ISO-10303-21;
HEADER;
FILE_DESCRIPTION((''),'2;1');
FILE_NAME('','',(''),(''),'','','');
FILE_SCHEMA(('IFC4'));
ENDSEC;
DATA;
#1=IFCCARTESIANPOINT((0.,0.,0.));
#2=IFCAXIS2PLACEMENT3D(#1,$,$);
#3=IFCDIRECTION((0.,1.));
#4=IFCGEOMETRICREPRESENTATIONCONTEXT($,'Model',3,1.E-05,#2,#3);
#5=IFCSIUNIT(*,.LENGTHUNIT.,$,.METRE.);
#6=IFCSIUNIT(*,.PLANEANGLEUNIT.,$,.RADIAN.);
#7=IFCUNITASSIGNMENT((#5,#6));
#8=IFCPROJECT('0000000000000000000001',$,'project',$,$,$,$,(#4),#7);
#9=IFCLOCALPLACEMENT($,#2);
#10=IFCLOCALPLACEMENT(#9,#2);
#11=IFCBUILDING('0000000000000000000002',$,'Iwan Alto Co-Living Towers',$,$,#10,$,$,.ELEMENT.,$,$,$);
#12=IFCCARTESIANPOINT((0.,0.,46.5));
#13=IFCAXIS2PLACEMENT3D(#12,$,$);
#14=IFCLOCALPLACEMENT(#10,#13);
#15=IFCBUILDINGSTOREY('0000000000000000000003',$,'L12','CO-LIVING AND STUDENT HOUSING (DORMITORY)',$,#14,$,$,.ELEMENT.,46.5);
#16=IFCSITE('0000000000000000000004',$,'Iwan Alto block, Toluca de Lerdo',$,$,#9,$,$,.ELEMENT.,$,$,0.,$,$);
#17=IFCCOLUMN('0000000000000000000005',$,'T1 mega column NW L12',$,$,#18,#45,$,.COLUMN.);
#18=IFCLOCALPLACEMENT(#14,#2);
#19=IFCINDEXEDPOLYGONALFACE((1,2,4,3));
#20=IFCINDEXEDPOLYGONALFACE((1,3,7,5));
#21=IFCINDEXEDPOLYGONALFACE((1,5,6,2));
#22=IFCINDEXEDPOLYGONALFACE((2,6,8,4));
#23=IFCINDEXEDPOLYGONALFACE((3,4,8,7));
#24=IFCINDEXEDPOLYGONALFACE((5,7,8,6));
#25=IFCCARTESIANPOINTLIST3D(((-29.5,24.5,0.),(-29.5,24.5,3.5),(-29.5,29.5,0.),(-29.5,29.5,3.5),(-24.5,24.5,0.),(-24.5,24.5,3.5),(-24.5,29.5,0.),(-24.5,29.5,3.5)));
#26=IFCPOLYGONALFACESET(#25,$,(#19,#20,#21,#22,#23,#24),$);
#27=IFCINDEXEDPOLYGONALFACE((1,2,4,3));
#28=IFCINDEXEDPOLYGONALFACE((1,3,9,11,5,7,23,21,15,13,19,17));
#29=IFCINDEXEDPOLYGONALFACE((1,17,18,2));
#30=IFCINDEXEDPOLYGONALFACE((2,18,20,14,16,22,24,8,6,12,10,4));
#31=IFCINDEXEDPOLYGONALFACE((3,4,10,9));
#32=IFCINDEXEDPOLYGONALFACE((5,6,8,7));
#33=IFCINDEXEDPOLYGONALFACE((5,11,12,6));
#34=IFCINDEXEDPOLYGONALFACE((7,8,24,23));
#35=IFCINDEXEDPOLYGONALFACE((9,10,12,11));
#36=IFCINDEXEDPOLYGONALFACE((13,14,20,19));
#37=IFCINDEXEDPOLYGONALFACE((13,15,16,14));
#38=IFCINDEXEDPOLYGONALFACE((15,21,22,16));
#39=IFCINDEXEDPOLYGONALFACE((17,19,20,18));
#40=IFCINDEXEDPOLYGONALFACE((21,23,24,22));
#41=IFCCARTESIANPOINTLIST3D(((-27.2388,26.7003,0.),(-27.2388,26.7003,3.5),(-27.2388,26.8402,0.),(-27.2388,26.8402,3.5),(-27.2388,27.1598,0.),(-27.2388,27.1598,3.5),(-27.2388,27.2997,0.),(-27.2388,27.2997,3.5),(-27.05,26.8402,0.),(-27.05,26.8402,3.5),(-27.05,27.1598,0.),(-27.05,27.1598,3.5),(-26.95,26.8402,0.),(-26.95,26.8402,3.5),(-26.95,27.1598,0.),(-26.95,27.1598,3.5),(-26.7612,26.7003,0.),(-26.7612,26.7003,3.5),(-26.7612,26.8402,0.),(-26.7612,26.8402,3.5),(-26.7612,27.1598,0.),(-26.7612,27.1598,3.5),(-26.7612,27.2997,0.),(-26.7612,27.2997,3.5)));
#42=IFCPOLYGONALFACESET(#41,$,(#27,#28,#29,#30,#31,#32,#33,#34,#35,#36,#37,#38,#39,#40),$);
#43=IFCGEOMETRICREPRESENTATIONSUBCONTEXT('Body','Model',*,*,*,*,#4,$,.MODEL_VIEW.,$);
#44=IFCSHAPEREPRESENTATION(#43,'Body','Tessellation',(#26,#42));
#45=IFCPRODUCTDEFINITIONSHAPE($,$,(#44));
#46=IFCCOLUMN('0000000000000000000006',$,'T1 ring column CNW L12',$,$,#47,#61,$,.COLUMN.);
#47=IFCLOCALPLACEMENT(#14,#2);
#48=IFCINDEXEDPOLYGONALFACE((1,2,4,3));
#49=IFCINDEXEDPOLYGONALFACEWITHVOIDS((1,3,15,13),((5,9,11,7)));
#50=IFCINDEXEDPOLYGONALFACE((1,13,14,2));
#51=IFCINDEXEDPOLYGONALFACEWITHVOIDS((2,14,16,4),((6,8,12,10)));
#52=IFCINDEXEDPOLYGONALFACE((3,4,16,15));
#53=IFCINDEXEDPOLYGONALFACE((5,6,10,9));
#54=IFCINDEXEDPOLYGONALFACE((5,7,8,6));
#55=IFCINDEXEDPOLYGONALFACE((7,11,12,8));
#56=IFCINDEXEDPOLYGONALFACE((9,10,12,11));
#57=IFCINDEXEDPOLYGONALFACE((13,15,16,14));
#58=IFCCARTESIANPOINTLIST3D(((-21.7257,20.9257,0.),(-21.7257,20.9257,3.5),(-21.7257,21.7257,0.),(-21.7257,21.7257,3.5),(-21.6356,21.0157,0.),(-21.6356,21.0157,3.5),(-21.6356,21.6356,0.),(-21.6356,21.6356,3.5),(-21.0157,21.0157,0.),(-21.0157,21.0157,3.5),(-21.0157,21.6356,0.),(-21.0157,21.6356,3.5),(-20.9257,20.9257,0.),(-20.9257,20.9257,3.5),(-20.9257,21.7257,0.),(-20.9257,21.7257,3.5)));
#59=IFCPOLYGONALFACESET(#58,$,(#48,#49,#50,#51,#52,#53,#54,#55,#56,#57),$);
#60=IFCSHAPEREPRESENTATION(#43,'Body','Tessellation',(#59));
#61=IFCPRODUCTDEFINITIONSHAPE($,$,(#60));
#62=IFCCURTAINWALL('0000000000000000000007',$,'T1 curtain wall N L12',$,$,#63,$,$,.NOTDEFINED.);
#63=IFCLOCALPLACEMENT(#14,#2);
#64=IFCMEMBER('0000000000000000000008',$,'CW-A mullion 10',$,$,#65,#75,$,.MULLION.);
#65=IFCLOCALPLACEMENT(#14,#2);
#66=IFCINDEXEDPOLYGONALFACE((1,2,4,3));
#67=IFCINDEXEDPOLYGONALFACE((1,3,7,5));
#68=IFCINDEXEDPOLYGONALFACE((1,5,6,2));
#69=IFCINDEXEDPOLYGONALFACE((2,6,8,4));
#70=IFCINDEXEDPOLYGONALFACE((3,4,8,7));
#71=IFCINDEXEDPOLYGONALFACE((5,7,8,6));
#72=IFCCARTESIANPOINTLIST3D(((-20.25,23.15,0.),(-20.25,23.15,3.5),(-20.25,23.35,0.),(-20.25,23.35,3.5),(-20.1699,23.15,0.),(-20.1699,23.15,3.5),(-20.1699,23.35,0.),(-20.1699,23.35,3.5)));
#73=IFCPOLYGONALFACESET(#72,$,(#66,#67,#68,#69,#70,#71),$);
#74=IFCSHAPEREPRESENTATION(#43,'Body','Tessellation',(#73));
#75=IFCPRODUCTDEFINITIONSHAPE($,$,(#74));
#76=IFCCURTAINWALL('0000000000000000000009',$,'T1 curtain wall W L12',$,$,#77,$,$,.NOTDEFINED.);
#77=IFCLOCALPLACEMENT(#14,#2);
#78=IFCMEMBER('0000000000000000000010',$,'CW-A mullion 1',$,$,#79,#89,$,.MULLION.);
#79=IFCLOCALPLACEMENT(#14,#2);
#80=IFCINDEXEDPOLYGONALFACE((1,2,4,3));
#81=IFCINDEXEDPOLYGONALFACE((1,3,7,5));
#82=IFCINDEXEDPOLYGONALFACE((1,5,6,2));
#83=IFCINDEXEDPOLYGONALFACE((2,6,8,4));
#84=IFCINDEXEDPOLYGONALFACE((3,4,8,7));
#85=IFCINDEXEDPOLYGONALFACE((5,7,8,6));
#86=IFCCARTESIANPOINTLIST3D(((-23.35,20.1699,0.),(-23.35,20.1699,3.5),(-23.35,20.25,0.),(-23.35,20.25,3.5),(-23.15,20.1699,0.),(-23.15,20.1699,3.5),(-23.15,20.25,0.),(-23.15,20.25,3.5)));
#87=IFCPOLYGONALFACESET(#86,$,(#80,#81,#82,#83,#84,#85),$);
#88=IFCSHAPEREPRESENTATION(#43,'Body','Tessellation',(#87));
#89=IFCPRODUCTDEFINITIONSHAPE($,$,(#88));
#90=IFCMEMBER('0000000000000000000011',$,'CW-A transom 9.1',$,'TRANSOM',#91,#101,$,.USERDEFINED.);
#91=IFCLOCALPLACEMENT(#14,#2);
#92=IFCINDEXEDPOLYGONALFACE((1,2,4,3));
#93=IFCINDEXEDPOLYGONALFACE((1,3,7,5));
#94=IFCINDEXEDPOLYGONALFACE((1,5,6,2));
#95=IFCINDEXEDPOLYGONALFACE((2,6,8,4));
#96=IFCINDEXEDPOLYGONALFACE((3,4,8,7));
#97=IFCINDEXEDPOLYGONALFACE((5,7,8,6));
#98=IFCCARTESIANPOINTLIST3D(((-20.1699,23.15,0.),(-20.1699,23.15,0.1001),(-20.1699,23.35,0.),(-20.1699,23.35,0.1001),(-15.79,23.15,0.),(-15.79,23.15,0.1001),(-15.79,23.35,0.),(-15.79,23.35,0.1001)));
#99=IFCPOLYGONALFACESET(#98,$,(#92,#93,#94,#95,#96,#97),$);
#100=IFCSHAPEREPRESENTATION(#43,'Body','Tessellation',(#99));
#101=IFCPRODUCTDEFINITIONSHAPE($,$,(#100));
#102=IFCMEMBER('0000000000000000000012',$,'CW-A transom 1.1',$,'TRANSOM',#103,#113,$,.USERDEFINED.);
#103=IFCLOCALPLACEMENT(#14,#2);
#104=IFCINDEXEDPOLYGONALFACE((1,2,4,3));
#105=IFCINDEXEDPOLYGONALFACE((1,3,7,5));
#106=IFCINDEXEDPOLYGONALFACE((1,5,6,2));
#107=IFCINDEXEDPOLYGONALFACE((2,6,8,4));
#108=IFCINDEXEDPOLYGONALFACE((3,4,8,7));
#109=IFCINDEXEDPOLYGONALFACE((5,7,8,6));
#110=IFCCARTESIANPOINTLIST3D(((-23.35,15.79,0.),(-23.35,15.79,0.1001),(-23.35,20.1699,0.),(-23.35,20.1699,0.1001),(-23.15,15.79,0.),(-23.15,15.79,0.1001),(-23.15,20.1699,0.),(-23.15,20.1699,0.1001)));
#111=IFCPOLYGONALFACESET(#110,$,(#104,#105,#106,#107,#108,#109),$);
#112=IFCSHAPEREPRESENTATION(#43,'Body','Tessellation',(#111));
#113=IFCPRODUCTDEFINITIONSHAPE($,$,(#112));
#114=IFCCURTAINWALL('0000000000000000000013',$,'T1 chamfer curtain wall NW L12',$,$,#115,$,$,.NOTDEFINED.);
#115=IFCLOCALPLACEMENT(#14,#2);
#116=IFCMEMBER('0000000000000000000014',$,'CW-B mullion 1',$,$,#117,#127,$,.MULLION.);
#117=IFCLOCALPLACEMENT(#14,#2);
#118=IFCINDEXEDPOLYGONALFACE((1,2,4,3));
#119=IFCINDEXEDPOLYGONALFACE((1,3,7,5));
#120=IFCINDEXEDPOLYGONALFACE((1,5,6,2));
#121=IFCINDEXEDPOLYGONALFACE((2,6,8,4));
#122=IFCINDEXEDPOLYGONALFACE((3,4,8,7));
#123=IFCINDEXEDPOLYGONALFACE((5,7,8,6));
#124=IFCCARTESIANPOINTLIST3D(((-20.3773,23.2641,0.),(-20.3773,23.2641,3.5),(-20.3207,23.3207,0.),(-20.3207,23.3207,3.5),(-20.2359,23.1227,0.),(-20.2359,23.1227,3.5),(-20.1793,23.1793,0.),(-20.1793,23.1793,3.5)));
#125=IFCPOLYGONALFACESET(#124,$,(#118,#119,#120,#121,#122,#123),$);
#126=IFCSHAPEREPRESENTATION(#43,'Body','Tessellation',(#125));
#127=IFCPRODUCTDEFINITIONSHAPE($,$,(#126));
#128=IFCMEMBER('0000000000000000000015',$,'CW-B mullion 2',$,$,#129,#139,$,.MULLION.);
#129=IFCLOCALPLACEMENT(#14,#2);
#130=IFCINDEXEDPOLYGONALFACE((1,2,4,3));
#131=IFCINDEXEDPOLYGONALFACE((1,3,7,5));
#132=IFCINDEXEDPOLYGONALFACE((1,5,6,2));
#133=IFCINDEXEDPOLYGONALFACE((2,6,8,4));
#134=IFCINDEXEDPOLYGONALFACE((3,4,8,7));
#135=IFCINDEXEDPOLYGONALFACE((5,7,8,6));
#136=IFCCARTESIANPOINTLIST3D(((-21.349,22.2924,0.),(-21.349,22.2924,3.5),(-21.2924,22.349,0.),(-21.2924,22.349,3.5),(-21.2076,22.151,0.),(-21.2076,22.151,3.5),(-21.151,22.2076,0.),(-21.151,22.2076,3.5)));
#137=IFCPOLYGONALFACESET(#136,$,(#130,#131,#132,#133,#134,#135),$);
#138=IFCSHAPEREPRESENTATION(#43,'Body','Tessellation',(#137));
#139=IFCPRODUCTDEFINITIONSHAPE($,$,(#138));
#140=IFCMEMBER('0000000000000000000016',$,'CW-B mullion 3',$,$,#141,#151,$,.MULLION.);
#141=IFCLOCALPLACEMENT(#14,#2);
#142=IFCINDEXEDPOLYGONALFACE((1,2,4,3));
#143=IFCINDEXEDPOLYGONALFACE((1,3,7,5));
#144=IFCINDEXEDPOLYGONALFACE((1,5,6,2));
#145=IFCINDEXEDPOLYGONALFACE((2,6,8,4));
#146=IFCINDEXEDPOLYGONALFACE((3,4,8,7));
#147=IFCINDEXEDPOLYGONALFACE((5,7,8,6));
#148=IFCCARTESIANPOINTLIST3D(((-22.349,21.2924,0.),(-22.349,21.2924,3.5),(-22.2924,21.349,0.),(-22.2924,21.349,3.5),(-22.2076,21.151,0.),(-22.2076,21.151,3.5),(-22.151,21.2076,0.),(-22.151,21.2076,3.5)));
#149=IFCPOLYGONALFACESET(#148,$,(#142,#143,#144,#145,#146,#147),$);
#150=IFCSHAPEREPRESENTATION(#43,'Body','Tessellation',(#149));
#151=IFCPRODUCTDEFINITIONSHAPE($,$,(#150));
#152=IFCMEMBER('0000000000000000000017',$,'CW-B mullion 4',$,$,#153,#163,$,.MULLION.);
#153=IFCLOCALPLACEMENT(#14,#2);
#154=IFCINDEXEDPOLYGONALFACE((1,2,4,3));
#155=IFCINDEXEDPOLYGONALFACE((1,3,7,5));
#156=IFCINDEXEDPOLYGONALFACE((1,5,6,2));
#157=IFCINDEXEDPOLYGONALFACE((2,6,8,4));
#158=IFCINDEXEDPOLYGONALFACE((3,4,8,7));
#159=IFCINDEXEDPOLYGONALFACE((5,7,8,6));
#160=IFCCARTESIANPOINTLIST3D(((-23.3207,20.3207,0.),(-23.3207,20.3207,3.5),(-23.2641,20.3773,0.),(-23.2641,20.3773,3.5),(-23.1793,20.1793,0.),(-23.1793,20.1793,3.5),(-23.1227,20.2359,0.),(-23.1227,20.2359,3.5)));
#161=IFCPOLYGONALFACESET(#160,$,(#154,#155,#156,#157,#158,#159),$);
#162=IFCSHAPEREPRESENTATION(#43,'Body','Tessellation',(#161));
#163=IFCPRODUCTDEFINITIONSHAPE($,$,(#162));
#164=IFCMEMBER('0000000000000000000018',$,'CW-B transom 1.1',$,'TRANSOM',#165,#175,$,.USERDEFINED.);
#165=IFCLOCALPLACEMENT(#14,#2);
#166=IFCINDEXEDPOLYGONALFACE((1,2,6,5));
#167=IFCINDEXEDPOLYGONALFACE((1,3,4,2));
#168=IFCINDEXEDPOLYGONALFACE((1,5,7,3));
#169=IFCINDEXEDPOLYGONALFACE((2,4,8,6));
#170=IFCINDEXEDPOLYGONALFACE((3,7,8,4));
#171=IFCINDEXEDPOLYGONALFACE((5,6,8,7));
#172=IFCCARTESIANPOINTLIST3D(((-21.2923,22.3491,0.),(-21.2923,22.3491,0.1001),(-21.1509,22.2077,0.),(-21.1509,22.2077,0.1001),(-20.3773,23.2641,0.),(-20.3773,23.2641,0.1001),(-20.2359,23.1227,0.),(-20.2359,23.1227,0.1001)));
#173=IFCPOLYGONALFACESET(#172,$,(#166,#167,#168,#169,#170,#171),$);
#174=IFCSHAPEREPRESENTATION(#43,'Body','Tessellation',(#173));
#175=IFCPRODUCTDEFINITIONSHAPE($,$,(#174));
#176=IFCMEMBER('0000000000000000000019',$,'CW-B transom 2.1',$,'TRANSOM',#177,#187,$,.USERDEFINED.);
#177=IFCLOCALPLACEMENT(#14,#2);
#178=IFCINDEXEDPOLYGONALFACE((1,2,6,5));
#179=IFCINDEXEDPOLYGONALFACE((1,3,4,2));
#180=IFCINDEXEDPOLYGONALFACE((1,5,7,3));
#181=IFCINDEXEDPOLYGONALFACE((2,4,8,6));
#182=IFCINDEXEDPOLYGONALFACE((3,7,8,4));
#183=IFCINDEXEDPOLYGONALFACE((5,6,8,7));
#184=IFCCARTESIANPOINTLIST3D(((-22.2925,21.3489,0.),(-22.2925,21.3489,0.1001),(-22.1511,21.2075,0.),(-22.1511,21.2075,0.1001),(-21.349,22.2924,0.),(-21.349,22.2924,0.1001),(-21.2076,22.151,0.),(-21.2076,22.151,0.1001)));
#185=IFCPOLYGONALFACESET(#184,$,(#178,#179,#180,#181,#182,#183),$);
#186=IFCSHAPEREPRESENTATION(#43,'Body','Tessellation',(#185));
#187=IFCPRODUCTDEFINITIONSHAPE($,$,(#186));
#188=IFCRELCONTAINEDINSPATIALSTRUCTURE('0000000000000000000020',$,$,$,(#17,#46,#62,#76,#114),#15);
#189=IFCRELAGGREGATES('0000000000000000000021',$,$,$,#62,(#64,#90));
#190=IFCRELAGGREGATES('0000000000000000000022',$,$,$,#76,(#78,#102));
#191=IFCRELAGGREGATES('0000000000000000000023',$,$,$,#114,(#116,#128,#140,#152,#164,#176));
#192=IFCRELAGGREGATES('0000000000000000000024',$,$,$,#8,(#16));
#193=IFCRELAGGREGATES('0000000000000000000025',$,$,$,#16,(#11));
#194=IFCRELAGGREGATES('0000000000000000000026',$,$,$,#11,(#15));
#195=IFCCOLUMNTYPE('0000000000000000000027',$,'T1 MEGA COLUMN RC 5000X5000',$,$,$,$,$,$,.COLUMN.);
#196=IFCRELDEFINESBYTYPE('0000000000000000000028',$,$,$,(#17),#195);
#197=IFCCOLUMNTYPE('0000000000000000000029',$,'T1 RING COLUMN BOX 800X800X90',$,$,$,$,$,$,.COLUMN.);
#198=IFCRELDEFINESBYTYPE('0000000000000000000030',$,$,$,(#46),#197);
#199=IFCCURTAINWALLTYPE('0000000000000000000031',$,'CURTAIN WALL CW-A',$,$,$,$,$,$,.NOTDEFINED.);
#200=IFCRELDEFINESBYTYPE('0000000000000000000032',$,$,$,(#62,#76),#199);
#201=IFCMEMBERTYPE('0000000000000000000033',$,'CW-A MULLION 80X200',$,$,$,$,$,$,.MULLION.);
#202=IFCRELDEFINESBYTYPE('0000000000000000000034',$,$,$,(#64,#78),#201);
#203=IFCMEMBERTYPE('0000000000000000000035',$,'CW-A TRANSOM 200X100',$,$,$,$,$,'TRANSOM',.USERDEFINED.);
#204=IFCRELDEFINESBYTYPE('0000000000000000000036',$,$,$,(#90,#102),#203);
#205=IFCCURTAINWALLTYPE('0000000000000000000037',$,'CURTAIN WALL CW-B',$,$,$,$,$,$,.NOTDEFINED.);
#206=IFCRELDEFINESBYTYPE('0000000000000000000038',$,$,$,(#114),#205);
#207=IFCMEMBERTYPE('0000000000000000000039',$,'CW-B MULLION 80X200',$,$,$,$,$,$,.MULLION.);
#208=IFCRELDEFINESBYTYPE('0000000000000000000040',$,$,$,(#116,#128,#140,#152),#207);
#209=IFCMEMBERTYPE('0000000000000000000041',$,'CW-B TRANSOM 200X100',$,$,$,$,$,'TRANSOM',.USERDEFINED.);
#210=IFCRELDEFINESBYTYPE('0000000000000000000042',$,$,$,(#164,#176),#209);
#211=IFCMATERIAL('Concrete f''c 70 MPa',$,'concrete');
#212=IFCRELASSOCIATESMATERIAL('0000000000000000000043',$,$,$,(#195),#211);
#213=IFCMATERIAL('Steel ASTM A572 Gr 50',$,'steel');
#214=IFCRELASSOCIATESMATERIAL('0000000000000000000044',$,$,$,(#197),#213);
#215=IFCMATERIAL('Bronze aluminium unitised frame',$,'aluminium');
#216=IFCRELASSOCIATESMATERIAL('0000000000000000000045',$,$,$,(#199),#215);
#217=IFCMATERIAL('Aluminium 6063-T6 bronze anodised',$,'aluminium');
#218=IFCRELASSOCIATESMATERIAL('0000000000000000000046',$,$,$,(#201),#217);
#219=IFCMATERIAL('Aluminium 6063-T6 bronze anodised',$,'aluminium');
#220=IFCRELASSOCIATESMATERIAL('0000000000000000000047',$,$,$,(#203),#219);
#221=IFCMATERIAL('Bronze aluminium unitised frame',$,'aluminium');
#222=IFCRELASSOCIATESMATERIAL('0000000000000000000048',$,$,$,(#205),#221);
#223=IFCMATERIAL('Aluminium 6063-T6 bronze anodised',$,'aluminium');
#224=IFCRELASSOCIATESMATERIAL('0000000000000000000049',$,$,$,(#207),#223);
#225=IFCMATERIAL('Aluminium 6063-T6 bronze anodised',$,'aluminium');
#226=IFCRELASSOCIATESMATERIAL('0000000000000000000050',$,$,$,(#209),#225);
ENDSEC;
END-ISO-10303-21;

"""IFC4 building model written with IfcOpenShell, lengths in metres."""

from ifc_helpers import new_model, si_unit, direction, frame, origin, origin_2d, place, context, subcontext, project, spatial, rectangle, hollow_rectangle, i_section, extrude, material, material_profile, profile_set, type_object, element, aggregate, save


model = new_model("IFC4")

# Units and contexts
model_context = context("Model", 3, precision=1e-05, world=origin(), true_north=direction((0.0, 1.0)))
body_context = subcontext(model_context, "Body", "Model", "MODEL_VIEW")
ifc_project = project(units=[si_unit("LENGTHUNIT", "METRE"), si_unit("PLANEANGLEUNIT", "RADIAN")], contexts=[model_context])

# Site, building, storey
site_placement = place(None, origin())
site = spatial("IfcSite", under=ifc_project, at=site_placement, Name="Iwan Alto block, Toluca de Lerdo", CompositionType="ELEMENT", RefElevation=0.0)
building_placement = place(site_placement, origin())
building = spatial("IfcBuilding", under=site, at=building_placement, Name="Iwan Alto Co-Living Towers", CompositionType="ELEMENT")
storey_placement = place(building_placement, frame((0.0, 0.0, 46.5)))
storey = spatial("IfcBuildingStorey", under=building, at=storey_placement, Name="L12", Description="CO-LIVING AND STUDENT HOUSING (DORMITORY)", CompositionType="ELEMENT", Elevation=46.5)

# Columns
ifc_material_1 = material(Name="Concrete f'c 70 MPa", Category="concrete")
ifc_material_profile_1 = material_profile(ifc_material_1, rectangle(XDim=5.0, YDim=5.0, at=origin_2d()), Name="RC 5000X5000")
ifc_profile_set_1 = profile_set([ifc_material_profile_1], Name="Concrete f'c 70 MPa")
column_type_1 = type_object("IfcColumnType", Name="T1 MEGA COLUMN RC 5000X5000", PredefinedType="COLUMN", material=ifc_profile_set_1)
column_1_placement = place(storey_placement, frame((-27.0, 27.0, 0.0), z_axis=(0.0, 0.0, 1.0), x_axis=(1.0, 0.0, 0.0)))
element("IfcColumn", 1, at=column_1_placement, inside=storey, type_object=column_type_1, Name="T1 mega column NW L12", PredefinedType="COLUMN", context=body_context, shape_type="SweptSolid", body=[
    extrude(rectangle(XDim=5.0, YDim=5.0, at=origin_2d()), origin(), (0.0, 0.0, 1.0), 3.5),
    extrude(i_section(OverallWidth=0.4775, OverallDepth=0.5994, WebThickness=0.1001, FlangeThickness=0.1399, at=origin_2d()), origin(), (0.0, 0.0, 1.0), 3.5),
])
ifc_material_2 = material(Name="Steel ASTM A572 Gr 50", Category="steel")
ifc_material_profile_2 = material_profile(ifc_material_2, hollow_rectangle(XDim=0.8, YDim=0.8, WallThickness=0.0901, at=origin_2d()), Name="BOX 800X800X90")
ifc_profile_set_2 = profile_set([ifc_material_profile_2], Name="Steel ASTM A572 Gr 50")
column_type_2 = type_object("IfcColumnType", Name="T1 RING COLUMN BOX 800X800X90", PredefinedType="COLUMN", material=ifc_profile_set_2)
column_2_placement = place(storey_placement, frame((-21.3257, 21.3257, 0.0), z_axis=(0.0, 0.0, 1.0), x_axis=(1.0, 0.0, 0.0)))
element("IfcColumn", 2, at=column_2_placement, inside=storey, type_object=column_type_2, Name="T1 ring column CNW L12", PredefinedType="COLUMN", context=body_context, shape_type="SweptSolid", body=[
    extrude(hollow_rectangle(XDim=0.8, YDim=0.8, WallThickness=0.0901, at=origin_2d()), origin(), (0.0, 0.0, 1.0), 3.5),
])

# Curtain walls, members
ifc_material_3 = material(Name="Bronze aluminium unitised frame", Category="aluminium")
curtain_wall_type_1 = type_object("IfcCurtainWallType", Name="CURTAIN WALL CW-A", PredefinedType="NOTDEFINED", material=ifc_material_3)
curtain_wall_1_placement = place(storey_placement, origin())
curtain_wall_1 = element("IfcCurtainWall", 3, at=curtain_wall_1_placement, inside=storey, type_object=curtain_wall_type_1, Name="T1 curtain wall N L12", PredefinedType="NOTDEFINED")
ifc_material_4 = material(Name="Aluminium 6063-T6 bronze anodised", Category="aluminium")
ifc_material_profile_3 = material_profile(ifc_material_4, rectangle(XDim=0.2, YDim=0.0801, at=origin_2d()), Name="AL 80X200")
ifc_profile_set_3 = profile_set([ifc_material_profile_3], Name="Aluminium 6063-T6 bronze anodised")
member_type_1 = type_object("IfcMemberType", Name="CW-A MULLION 80X200", PredefinedType="MULLION", material=ifc_profile_set_3)
member_1_placement = place(storey_placement, frame((-20.21, 23.25, 0.0), z_axis=(0.0, 0.0, 1.0), x_axis=(0.0, -1.0, 0.0)))
member_1 = element("IfcMember", 4, at=member_1_placement, type_object=member_type_1, Name="CW-A mullion 10", PredefinedType="MULLION", context=body_context, shape_type="SweptSolid", body=[
    extrude(rectangle(XDim=0.2, YDim=0.0801, at=origin_2d()), origin(), (0.0, 0.0, 1.0), 3.5),
])
curtain_wall_2_placement = place(storey_placement, origin())
curtain_wall_2 = element("IfcCurtainWall", 5, at=curtain_wall_2_placement, inside=storey, type_object=curtain_wall_type_1, Name="T1 curtain wall W L12", PredefinedType="NOTDEFINED")
member_2_placement = place(storey_placement, frame((-23.25, 20.21, 0.0), z_axis=(0.0, 0.0, 1.0), x_axis=(1.0, 0.0, 0.0)))
member_2 = element("IfcMember", 6, at=member_2_placement, type_object=member_type_1, Name="CW-A mullion 1", PredefinedType="MULLION", context=body_context, shape_type="SweptSolid", body=[
    extrude(rectangle(XDim=0.2, YDim=0.0801, at=origin_2d()), origin(), (0.0, 0.0, 1.0), 3.5),
])

# Members
ifc_material_5 = material(Name="Aluminium 6063-T6 bronze anodised", Category="aluminium")
ifc_material_profile_4 = material_profile(ifc_material_5, rectangle(XDim=0.2, YDim=0.1001, at=origin_2d()), Name="AL 200X100")
ifc_profile_set_4 = profile_set([ifc_material_profile_4], Name="Aluminium 6063-T6 bronze anodised")
member_type_2 = type_object("IfcMemberType", Name="CW-A TRANSOM 200X100", ElementType="TRANSOM", PredefinedType="USERDEFINED", material=ifc_profile_set_4)
member_3_placement = place(storey_placement, frame((-15.79, 23.25, 0.05), z_axis=(-1.0, 0.0, 0.0), x_axis=(0.0, -1.0, 0.0)))
member_3 = element("IfcMember", 7, at=member_3_placement, type_object=member_type_2, Name="CW-A transom 9.1", ObjectType="TRANSOM", PredefinedType="USERDEFINED", context=body_context, shape_type="SweptSolid", body=[
    extrude(rectangle(XDim=0.2, YDim=0.1001, at=origin_2d()), origin(), (0.0, 0.0, 1.0), 4.3799),
])
member_4_placement = place(storey_placement, frame((-23.25, 20.1699, 0.05), z_axis=(0.0, -1.0, 0.0), x_axis=(1.0, 0.0, 0.0)))
member_4 = element("IfcMember", 8, at=member_4_placement, type_object=member_type_2, Name="CW-A transom 1.1", ObjectType="TRANSOM", PredefinedType="USERDEFINED", context=body_context, shape_type="SweptSolid", body=[
    extrude(rectangle(XDim=0.2, YDim=0.1001, at=origin_2d()), origin(), (0.0, 0.0, 1.0), 4.3799),
])

# Curtain wall, members
ifc_material_6 = material(Name="Bronze aluminium unitised frame", Category="aluminium")
curtain_wall_type_2 = type_object("IfcCurtainWallType", Name="CURTAIN WALL CW-B", PredefinedType="NOTDEFINED", material=ifc_material_6)
curtain_wall_3_placement = place(storey_placement, origin())
curtain_wall_3 = element("IfcCurtainWall", 9, at=curtain_wall_3_placement, inside=storey, type_object=curtain_wall_type_2, Name="T1 chamfer curtain wall NW L12", PredefinedType="NOTDEFINED")
ifc_material_7 = material(Name="Aluminium 6063-T6 bronze anodised", Category="aluminium")
ifc_material_profile_5 = material_profile(ifc_material_7, rectangle(XDim=0.2, YDim=0.0801, at=origin_2d()), Name="AL 80X200")
ifc_profile_set_5 = profile_set([ifc_material_profile_5], Name="Aluminium 6063-T6 bronze anodised")
member_type_3 = type_object("IfcMemberType", Name="CW-B MULLION 80X200", PredefinedType="MULLION", material=ifc_profile_set_5)
member_5_placement = place(storey_placement, frame((-20.2783, 23.2217, 0.0), z_axis=(0.0, 0.0, 1.0), x_axis=(0.707107, -0.707107, 0.0)))
member_5 = element("IfcMember", 10, at=member_5_placement, type_object=member_type_3, Name="CW-B mullion 1", PredefinedType="MULLION", context=body_context, shape_type="SweptSolid", body=[
    extrude(rectangle(XDim=0.2, YDim=0.0801, at=origin_2d()), origin(), (0.0, 0.0, 1.0), 3.5),
])
member_6_placement = place(storey_placement, frame((-21.25, 22.25, 0.0), z_axis=(0.0, 0.0, 1.0), x_axis=(0.707107, -0.707107, 0.0)))
member_6 = element("IfcMember", 11, at=member_6_placement, type_object=member_type_3, Name="CW-B mullion 2", PredefinedType="MULLION", context=body_context, shape_type="SweptSolid", body=[
    extrude(rectangle(XDim=0.2, YDim=0.0801, at=origin_2d()), origin(), (0.0, 0.0, 1.0), 3.5),
])
member_7_placement = place(storey_placement, frame((-22.25, 21.25, 0.0), z_axis=(0.0, 0.0, 1.0), x_axis=(0.707107, -0.707107, 0.0)))
member_7 = element("IfcMember", 12, at=member_7_placement, type_object=member_type_3, Name="CW-B mullion 3", PredefinedType="MULLION", context=body_context, shape_type="SweptSolid", body=[
    extrude(rectangle(XDim=0.2, YDim=0.0801, at=origin_2d()), origin(), (0.0, 0.0, 1.0), 3.5),
])
member_8_placement = place(storey_placement, frame((-23.2217, 20.2783, 0.0), z_axis=(0.0, 0.0, 1.0), x_axis=(0.707107, -0.707107, 0.0)))
member_8 = element("IfcMember", 13, at=member_8_placement, type_object=member_type_3, Name="CW-B mullion 4", PredefinedType="MULLION", context=body_context, shape_type="SweptSolid", body=[
    extrude(rectangle(XDim=0.2, YDim=0.0801, at=origin_2d()), origin(), (0.0, 0.0, 1.0), 3.5),
])
ifc_material_8 = material(Name="Aluminium 6063-T6 bronze anodised", Category="aluminium")
ifc_material_profile_6 = material_profile(ifc_material_8, rectangle(XDim=0.2, YDim=0.1001, at=origin_2d()), Name="AL 200X100")
ifc_profile_set_6 = profile_set([ifc_material_profile_6], Name="Aluminium 6063-T6 bronze anodised")
member_type_4 = type_object("IfcMemberType", Name="CW-B TRANSOM 200X100", ElementType="TRANSOM", PredefinedType="USERDEFINED", material=ifc_profile_set_6)
member_9_placement = place(storey_placement, frame((-20.3066, 23.1934, 0.05), z_axis=(-0.707107, -0.707107, 0.0), x_axis=(0.707107, -0.707107, 0.0)))
member_9 = element("IfcMember", 14, at=member_9_placement, type_object=member_type_4, Name="CW-B transom 1.1", ObjectType="TRANSOM", PredefinedType="USERDEFINED", context=body_context, shape_type="SweptSolid", body=[
    extrude(rectangle(XDim=0.2, YDim=0.1001, at=origin_2d()), origin(), (0.0, 0.0, 1.0), 1.2939),
])
member_10_placement = place(storey_placement, frame((-21.2783, 22.2217, 0.05), z_axis=(-0.707107, -0.707107, 0.0), x_axis=(0.707107, -0.707107, 0.0)))
member_10 = element("IfcMember", 15, at=member_10_placement, type_object=member_type_4, Name="CW-B transom 2.1", ObjectType="TRANSOM", PredefinedType="USERDEFINED", context=body_context, shape_type="SweptSolid", body=[
    extrude(rectangle(XDim=0.2, YDim=0.1001, at=origin_2d()), origin(), (0.0, 0.0, 1.0), 1.3342),
])

aggregate(curtain_wall_1, [member_1, member_3])
aggregate(curtain_wall_2, [member_2, member_4])
aggregate(curtain_wall_3, [member_5, member_6, member_7, member_8, member_9, member_10])

save(model, "model.ifc")
